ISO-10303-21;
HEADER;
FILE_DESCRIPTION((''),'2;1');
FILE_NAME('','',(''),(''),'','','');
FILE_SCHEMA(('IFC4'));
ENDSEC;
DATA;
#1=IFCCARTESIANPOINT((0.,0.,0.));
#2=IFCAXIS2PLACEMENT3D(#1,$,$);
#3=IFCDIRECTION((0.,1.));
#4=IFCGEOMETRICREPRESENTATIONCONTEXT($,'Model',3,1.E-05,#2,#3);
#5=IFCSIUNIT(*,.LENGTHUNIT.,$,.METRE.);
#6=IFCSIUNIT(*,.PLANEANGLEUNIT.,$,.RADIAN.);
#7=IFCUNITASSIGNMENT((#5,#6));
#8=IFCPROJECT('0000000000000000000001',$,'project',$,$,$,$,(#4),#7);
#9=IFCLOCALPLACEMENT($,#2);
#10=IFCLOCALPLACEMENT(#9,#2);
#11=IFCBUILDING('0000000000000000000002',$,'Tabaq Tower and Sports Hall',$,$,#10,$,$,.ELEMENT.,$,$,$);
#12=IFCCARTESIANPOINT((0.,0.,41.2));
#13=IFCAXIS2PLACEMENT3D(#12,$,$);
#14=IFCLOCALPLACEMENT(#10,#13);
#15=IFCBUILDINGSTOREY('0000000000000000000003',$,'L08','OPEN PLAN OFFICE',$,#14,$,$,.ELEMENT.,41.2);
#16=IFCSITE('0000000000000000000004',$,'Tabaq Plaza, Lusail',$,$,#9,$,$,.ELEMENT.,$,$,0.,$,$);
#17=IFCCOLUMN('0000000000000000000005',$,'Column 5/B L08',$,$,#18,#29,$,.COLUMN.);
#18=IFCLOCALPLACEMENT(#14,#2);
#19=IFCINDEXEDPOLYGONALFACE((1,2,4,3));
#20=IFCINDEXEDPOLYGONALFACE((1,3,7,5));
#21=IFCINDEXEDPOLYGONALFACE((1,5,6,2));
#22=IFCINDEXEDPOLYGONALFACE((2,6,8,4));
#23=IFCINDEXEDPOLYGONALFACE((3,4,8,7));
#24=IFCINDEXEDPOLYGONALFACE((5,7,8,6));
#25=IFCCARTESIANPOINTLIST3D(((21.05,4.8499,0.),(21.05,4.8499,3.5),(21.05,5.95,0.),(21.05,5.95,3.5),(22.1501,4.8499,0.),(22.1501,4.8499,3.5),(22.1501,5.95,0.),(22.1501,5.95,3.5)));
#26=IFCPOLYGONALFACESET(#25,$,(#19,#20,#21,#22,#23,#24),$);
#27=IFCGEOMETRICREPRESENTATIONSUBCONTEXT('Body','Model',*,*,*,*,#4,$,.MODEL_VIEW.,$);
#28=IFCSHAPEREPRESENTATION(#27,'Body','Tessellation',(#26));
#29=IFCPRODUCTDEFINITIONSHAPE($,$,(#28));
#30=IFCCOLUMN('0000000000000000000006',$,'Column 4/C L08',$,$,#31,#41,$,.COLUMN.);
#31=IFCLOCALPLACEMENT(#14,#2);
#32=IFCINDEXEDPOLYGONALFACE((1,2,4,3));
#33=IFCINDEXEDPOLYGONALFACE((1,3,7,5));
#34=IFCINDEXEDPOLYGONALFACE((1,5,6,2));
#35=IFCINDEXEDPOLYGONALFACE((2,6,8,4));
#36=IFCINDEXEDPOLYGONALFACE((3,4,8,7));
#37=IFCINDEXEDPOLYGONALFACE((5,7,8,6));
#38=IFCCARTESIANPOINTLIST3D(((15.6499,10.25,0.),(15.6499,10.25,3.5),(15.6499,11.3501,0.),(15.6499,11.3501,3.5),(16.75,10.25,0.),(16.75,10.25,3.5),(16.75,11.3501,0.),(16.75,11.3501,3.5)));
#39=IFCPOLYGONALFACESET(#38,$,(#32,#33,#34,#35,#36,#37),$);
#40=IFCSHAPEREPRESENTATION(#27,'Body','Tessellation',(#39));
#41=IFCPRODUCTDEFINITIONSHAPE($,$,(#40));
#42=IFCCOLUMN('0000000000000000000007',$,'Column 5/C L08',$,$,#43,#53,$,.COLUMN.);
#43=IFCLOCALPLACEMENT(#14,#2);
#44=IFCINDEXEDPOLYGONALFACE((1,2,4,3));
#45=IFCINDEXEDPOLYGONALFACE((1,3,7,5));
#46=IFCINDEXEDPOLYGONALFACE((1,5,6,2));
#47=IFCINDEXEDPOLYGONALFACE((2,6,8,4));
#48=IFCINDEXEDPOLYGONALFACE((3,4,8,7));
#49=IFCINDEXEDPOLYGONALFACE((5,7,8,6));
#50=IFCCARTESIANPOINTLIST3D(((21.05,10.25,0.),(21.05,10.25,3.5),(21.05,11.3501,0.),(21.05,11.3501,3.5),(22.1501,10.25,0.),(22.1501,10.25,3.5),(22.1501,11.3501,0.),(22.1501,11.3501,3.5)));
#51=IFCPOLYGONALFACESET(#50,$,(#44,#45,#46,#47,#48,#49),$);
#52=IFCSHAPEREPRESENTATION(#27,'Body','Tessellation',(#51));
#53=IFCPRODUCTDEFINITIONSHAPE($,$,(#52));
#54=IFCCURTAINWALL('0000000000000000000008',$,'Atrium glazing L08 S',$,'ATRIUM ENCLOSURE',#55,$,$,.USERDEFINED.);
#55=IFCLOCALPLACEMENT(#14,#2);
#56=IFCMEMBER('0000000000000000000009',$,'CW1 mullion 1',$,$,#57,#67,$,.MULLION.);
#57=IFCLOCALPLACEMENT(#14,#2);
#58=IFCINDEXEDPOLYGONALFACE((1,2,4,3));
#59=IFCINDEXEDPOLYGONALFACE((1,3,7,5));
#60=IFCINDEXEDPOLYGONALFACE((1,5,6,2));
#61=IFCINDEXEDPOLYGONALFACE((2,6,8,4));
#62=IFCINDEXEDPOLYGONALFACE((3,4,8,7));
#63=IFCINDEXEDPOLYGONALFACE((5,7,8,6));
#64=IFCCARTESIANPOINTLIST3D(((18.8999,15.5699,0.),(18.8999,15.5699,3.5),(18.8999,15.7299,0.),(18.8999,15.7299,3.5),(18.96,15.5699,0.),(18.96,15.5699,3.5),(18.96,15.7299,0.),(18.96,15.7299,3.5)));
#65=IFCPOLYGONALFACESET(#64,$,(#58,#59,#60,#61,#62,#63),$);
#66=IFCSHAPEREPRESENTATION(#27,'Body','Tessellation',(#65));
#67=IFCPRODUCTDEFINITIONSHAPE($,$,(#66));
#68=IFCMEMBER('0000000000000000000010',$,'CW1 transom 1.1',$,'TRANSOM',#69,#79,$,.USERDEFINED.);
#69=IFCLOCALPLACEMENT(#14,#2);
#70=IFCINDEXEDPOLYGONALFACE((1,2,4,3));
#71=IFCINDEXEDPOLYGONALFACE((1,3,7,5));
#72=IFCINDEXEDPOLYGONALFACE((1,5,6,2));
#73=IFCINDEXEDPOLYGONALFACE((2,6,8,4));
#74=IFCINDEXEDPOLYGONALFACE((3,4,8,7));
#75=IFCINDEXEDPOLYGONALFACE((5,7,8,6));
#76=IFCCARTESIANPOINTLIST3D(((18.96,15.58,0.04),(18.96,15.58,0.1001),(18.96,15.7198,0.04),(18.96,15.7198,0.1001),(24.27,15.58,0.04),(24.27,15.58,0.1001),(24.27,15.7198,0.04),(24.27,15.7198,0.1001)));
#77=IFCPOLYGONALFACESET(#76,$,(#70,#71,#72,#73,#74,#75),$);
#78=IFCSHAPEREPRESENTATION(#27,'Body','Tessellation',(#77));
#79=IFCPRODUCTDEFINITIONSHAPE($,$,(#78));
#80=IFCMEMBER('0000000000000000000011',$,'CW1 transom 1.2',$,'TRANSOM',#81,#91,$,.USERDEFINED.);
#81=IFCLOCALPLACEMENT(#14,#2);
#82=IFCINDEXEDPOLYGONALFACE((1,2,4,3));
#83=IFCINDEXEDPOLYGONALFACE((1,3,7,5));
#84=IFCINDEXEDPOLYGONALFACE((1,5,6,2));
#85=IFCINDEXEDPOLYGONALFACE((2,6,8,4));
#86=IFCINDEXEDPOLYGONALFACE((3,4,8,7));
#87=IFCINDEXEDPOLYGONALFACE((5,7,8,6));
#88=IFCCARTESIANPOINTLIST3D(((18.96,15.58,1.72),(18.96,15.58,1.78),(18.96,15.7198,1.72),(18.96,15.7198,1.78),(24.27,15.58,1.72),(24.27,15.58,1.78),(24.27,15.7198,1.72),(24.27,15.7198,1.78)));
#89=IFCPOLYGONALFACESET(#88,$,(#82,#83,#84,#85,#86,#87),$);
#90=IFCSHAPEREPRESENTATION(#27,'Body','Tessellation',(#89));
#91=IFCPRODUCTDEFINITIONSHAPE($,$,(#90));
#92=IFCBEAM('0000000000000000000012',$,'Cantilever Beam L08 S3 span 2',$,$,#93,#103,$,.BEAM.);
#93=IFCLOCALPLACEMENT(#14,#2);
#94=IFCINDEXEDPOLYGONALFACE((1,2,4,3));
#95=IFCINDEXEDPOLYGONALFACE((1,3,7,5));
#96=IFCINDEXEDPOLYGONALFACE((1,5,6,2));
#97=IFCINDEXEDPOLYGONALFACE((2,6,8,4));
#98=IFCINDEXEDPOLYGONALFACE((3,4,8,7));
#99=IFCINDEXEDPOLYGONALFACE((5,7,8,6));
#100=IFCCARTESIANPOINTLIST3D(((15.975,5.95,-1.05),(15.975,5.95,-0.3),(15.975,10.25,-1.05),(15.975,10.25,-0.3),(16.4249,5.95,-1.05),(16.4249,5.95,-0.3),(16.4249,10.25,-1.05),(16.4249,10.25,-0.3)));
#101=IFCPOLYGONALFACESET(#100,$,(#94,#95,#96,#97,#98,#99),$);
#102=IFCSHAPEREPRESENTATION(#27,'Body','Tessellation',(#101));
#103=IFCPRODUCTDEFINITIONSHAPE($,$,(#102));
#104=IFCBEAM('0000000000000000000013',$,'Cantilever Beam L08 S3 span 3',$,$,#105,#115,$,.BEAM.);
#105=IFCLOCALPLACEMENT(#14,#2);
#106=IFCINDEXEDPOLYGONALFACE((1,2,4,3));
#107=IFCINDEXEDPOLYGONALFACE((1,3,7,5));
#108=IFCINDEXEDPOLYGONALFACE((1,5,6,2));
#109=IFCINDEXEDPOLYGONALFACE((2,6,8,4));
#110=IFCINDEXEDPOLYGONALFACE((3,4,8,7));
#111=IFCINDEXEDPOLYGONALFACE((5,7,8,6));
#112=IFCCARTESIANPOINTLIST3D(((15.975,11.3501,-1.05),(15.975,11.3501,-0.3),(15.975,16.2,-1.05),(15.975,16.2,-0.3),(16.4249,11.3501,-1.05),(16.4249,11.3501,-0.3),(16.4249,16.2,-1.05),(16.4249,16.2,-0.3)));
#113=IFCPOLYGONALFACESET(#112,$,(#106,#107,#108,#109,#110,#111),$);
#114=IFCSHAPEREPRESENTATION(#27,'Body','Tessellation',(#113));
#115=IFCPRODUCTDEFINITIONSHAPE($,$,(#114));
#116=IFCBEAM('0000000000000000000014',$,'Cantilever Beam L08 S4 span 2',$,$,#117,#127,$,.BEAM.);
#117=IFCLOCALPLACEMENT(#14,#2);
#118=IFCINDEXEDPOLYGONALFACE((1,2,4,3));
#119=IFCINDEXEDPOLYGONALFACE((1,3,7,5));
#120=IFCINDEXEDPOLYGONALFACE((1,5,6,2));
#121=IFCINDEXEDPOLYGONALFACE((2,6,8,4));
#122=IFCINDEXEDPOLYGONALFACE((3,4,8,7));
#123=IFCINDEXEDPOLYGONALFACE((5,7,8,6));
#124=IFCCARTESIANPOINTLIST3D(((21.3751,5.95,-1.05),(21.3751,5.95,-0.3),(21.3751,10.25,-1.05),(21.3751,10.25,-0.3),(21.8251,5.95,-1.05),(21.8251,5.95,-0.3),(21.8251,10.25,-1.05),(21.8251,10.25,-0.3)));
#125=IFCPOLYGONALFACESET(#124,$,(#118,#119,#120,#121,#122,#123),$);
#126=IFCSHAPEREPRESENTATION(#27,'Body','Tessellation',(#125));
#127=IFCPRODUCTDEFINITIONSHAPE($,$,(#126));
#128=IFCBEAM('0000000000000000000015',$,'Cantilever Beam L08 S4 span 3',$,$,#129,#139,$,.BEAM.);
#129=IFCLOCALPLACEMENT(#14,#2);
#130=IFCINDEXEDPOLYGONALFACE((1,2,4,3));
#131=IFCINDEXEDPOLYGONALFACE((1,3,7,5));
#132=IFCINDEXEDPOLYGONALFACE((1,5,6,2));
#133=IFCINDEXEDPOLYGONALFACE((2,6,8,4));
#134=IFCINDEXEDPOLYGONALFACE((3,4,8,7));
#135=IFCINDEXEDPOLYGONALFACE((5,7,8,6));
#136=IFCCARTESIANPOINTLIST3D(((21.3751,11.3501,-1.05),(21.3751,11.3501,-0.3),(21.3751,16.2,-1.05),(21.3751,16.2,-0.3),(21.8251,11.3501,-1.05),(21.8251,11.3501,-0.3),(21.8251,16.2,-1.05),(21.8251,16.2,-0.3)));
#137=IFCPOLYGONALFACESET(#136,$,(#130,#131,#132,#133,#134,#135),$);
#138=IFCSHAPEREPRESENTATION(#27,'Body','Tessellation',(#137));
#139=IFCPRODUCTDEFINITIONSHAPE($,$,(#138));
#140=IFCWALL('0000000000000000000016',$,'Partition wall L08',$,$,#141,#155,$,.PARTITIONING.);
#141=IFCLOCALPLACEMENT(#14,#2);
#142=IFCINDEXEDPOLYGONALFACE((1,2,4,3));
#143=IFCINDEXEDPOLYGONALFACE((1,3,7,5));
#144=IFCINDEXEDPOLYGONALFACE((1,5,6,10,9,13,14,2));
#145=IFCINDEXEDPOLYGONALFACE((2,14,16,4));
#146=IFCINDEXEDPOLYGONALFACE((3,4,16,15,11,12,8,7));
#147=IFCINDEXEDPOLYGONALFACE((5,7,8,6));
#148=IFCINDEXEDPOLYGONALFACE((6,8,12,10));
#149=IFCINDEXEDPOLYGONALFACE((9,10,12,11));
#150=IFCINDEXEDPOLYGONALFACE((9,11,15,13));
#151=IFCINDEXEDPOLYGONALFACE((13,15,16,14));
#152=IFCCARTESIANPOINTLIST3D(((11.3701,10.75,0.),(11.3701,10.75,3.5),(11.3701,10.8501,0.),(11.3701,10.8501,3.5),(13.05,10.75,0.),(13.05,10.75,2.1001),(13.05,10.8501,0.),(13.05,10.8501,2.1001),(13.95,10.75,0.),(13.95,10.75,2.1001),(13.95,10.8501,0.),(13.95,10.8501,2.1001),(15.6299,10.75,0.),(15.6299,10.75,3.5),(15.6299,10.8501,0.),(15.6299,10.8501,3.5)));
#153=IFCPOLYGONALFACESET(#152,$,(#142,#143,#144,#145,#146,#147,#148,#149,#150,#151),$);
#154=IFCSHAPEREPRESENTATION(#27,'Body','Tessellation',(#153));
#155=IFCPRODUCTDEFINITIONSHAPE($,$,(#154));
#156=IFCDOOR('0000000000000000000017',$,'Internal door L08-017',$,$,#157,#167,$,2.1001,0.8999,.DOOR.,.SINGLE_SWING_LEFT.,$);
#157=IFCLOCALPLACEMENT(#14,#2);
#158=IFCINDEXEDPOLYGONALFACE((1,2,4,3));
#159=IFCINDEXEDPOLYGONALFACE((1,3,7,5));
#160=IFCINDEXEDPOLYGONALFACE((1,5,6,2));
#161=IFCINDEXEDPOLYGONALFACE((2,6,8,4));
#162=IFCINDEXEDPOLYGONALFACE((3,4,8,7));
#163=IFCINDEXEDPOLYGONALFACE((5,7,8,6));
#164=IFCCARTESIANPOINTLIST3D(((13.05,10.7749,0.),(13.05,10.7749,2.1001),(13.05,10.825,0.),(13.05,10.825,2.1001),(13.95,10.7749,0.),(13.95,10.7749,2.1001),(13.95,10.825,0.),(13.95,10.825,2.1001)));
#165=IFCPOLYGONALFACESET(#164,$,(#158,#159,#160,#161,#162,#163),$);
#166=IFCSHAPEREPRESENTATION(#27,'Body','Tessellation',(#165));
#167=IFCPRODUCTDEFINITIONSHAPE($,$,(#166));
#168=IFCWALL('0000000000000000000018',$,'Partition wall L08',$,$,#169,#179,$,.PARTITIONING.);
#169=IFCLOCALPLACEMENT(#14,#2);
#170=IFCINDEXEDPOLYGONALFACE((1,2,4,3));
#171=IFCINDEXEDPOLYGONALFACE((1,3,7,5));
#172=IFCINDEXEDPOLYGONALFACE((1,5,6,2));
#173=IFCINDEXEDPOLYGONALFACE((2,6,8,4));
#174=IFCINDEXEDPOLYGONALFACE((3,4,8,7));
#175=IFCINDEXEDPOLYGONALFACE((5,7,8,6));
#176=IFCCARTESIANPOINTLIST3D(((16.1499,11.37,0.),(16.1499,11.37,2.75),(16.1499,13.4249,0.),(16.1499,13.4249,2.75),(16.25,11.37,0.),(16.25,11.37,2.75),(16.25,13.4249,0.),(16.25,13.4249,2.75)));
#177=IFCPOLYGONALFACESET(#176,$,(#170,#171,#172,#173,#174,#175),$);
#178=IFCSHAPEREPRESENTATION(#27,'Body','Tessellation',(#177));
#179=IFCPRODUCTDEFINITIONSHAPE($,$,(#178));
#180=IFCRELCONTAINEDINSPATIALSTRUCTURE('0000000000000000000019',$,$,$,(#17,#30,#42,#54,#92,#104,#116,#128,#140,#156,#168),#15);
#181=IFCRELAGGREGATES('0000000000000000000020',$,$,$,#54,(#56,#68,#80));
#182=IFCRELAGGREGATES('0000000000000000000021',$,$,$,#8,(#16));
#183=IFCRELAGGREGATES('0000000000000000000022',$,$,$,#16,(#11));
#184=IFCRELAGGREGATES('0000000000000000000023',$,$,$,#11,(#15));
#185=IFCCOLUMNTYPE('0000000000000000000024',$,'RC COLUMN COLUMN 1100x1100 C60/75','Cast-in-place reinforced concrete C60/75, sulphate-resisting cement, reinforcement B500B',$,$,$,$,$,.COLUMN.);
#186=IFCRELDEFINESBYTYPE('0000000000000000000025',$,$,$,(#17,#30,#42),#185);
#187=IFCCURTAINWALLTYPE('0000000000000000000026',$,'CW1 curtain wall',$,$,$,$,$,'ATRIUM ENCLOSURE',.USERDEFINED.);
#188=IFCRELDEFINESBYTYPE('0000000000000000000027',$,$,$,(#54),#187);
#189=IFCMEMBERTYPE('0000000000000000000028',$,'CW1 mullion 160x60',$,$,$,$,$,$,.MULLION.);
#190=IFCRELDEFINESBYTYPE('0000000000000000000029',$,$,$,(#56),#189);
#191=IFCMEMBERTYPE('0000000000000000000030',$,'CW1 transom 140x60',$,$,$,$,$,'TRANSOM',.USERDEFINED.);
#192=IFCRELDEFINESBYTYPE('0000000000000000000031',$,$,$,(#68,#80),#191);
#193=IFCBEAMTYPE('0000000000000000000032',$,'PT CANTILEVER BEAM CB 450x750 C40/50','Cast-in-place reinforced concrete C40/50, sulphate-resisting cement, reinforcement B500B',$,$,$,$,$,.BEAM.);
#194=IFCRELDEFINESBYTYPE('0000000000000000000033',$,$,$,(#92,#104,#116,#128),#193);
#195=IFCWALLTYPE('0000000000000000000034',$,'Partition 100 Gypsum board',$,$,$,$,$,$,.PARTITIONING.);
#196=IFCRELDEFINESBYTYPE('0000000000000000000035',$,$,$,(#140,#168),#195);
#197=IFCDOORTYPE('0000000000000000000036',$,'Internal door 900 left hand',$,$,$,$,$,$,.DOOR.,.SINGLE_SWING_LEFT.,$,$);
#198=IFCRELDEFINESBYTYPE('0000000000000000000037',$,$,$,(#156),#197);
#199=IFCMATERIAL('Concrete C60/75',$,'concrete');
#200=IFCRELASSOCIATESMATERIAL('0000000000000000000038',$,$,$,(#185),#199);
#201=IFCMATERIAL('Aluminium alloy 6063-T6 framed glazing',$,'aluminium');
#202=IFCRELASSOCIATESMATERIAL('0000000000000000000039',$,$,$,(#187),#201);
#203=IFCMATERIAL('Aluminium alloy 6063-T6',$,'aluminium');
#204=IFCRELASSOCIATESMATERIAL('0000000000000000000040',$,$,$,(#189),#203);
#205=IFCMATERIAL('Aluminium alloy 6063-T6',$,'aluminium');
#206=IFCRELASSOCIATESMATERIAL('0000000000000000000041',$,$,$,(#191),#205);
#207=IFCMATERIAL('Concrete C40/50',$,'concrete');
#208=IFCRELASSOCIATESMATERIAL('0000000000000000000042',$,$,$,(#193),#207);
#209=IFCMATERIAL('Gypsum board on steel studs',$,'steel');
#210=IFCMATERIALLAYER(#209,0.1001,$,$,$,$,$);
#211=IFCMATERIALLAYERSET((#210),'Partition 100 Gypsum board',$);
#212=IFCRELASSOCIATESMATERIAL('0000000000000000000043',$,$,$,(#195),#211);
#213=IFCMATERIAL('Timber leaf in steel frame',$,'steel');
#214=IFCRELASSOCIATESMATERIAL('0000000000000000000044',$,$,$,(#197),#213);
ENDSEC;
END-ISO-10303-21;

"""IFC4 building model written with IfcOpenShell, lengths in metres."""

from ifc_helpers import new_model, si_unit, direction, frame, frame_2d, origin, origin_2d, place, context, subcontext, project, spatial, rectangle, extrude, material, layer, layer_set, material_profile, profile_set, type_object, element, fill, aggregate, save


model = new_model("IFC4")

# Units and contexts
model_context = context("Model", 3, precision=1e-05, world=origin(), true_north=direction((0.0, 1.0)))
body_context = subcontext(model_context, "Body", "Model", "MODEL_VIEW")
ifc_project = project(units=[si_unit("LENGTHUNIT", "METRE"), si_unit("PLANEANGLEUNIT", "RADIAN")], contexts=[model_context])

# Site, building, storey
site_placement = place(None, origin())
site = spatial("IfcSite", under=ifc_project, at=site_placement, Name="Tabaq Plaza, Lusail", CompositionType="ELEMENT", RefElevation=0.0)
building_placement = place(site_placement, origin())
building = spatial("IfcBuilding", under=site, at=building_placement, Name="Tabaq Tower and Sports Hall", CompositionType="ELEMENT")
storey_placement = place(building_placement, frame((0.0, 0.0, 41.2)))
storey = spatial("IfcBuildingStorey", under=building, at=storey_placement, Name="L08", Description="OPEN PLAN OFFICE", CompositionType="ELEMENT", Elevation=41.2)

# Columns
ifc_material_1 = material(Name="Concrete C60/75", Category="concrete")
ifc_material_profile_1 = material_profile(ifc_material_1, rectangle(XDim=1.1001, YDim=1.1001, at=origin_2d()), Name="COLUMN 1100x1100")
ifc_profile_set_1 = profile_set([ifc_material_profile_1], Name="Concrete C60/75")
column_type = type_object("IfcColumnType", Name="RC COLUMN COLUMN 1100x1100 C60/75", Description="Cast-in-place reinforced concrete C60/75, sulphate-resisting cement, reinforcement B500B", PredefinedType="COLUMN", material=ifc_profile_set_1)
for number, where, z_axis, x_axis, name in (
    (1, (21.6001, 5.3999, 0.0), (0.0, 0.0, 1.0), (1.0, 0.0, 0.0), "Column 5/B L08"),
    (2, (16.2, 10.8, 0.0), (0.0, 0.0, 1.0), (1.0, 0.0, 0.0), "Column 4/C L08"),
    (3, (21.6001, 10.8, 0.0), (0.0, 0.0, 1.0), (1.0, 0.0, 0.0), "Column 5/C L08"),
):
    element("IfcColumn", number, at=place(storey_placement, frame(where, z_axis=z_axis, x_axis=x_axis)), inside=storey, type_object=column_type, Name=name, PredefinedType="COLUMN", context=body_context, shape_type="SweptSolid", body=[
        extrude(rectangle(XDim=1.1001, YDim=1.1001, at=origin_2d()), origin(), (0.0, 0.0, 1.0), 3.5),
    ])

# Curtain wall, members
ifc_material_2 = material(Name="Aluminium alloy 6063-T6 framed glazing", Category="aluminium")
curtain_wall_type = type_object("IfcCurtainWallType", Name="CW1 curtain wall", ElementType="ATRIUM ENCLOSURE", PredefinedType="USERDEFINED", material=ifc_material_2)
curtain_wall_placement = place(storey_placement, origin())
curtain_wall = element("IfcCurtainWall", 4, at=curtain_wall_placement, inside=storey, type_object=curtain_wall_type, Name="Atrium glazing L08 S", ObjectType="ATRIUM ENCLOSURE", PredefinedType="USERDEFINED")
ifc_material_3 = material(Name="Aluminium alloy 6063-T6", Category="aluminium")
ifc_material_profile_2 = material_profile(ifc_material_3, rectangle(XDim=0.1599, YDim=0.0601, at=origin_2d()), Name="MULLION 160x60")
ifc_profile_set_2 = profile_set([ifc_material_profile_2], Name="Aluminium alloy 6063-T6")
member_type_1 = type_object("IfcMemberType", Name="CW1 mullion 160x60", PredefinedType="MULLION", material=ifc_profile_set_2)
member_1_placement = place(storey_placement, frame((18.9299, 15.6499, 0.0), z_axis=(0.0, 0.0, 1.0), x_axis=(0.0, 1.0, 0.0)))
member_1 = element("IfcMember", 5, at=member_1_placement, type_object=member_type_1, Name="CW1 mullion 1", PredefinedType="MULLION", context=body_context, shape_type="SweptSolid", body=[
    extrude(rectangle(XDim=0.1599, YDim=0.0601, at=origin_2d()), origin(), (0.0, 0.0, 1.0), 3.5),
])
ifc_material_4 = material(Name="Aluminium alloy 6063-T6", Category="aluminium")
ifc_material_profile_3 = material_profile(ifc_material_4, rectangle(XDim=0.1399, YDim=0.0601, at=origin_2d()), Name="TRANSOM 140x60")
ifc_profile_set_3 = profile_set([ifc_material_profile_3], Name="Aluminium alloy 6063-T6")
member_type_2 = type_object("IfcMemberType", Name="CW1 transom 140x60", ElementType="TRANSOM", PredefinedType="USERDEFINED", material=ifc_profile_set_3)
member_2_placement = place(storey_placement, frame((18.96, 15.6499, 0.0701), z_axis=(1.0, 0.0, 0.0), x_axis=(0.0, 1.0, 0.0)))
member_2 = element("IfcMember", 6, at=member_2_placement, type_object=member_type_2, Name="CW1 transom 1.1", ObjectType="TRANSOM", PredefinedType="USERDEFINED", context=body_context, shape_type="SweptSolid", body=[
    extrude(rectangle(XDim=0.1399, YDim=0.0601, at=origin_2d()), origin(), (0.0, 0.0, 1.0), 5.3101),
])
member_3_placement = place(storey_placement, frame((18.96, 15.6499, 1.75), z_axis=(1.0, 0.0, 0.0), x_axis=(0.0, 1.0, 0.0)))
member_3 = element("IfcMember", 7, at=member_3_placement, type_object=member_type_2, Name="CW1 transom 1.2", ObjectType="TRANSOM", PredefinedType="USERDEFINED", context=body_context, shape_type="SweptSolid", body=[
    extrude(rectangle(XDim=0.1399, YDim=0.0601, at=origin_2d()), origin(), (0.0, 0.0, 1.0), 5.3101),
])
aggregate(curtain_wall, [member_1, member_2, member_3])

# Beams
ifc_material_5 = material(Name="Concrete C40/50", Category="concrete")
ifc_material_profile_4 = material_profile(ifc_material_5, rectangle(XDim=0.45, YDim=0.75, at=origin_2d()), Name="CB 450x750")
ifc_profile_set_4 = profile_set([ifc_material_profile_4], Name="Concrete C40/50")
beam_type = type_object("IfcBeamType", Name="PT CANTILEVER BEAM CB 450x750 C40/50", Description="Cast-in-place reinforced concrete C40/50, sulphate-resisting cement, reinforcement B500B", PredefinedType="BEAM", material=ifc_profile_set_4)
beam_1_placement = place(storey_placement, frame((16.2, 5.95, -0.675), z_axis=(0.0, 1.0, 0.0), x_axis=(-1.0, 0.0, 0.0)))
element("IfcBeam", 8, at=beam_1_placement, inside=storey, type_object=beam_type, Name="Cantilever Beam L08 S3 span 2", PredefinedType="BEAM", context=body_context, shape_type="SweptSolid", body=[
    extrude(rectangle(XDim=0.45, YDim=0.75, at=origin_2d()), origin(), (0.0, 0.0, 1.0), 4.3),
])
beam_2_placement = place(storey_placement, frame((16.2, 11.3501, -0.675), z_axis=(0.0, 1.0, 0.0), x_axis=(-1.0, 0.0, 0.0)))
element("IfcBeam", 9, at=beam_2_placement, inside=storey, type_object=beam_type, Name="Cantilever Beam L08 S3 span 3", PredefinedType="BEAM", context=body_context, shape_type="SweptSolid", body=[
    extrude(rectangle(XDim=0.45, YDim=0.75, at=origin_2d()), origin(), (0.0, 0.0, 1.0), 4.8499),
])
beam_3_placement = place(storey_placement, frame((21.6001, 5.95, -0.675), z_axis=(0.0, 1.0, 0.0), x_axis=(-1.0, 0.0, 0.0)))
element("IfcBeam", 10, at=beam_3_placement, inside=storey, type_object=beam_type, Name="Cantilever Beam L08 S4 span 2", PredefinedType="BEAM", context=body_context, shape_type="SweptSolid", body=[
    extrude(rectangle(XDim=0.45, YDim=0.75, at=origin_2d()), origin(), (0.0, 0.0, 1.0), 4.3),
])
beam_4_placement = place(storey_placement, frame((21.6001, 11.3501, -0.675), z_axis=(0.0, 1.0, 0.0), x_axis=(-1.0, 0.0, 0.0)))
element("IfcBeam", 11, at=beam_4_placement, inside=storey, type_object=beam_type, Name="Cantilever Beam L08 S4 span 3", PredefinedType="BEAM", context=body_context, shape_type="SweptSolid", body=[
    extrude(rectangle(XDim=0.45, YDim=0.75, at=origin_2d()), origin(), (0.0, 0.0, 1.0), 4.8499),
])

# Wall, opening, door
ifc_material_6 = material(Name="Gypsum board on steel studs", Category="steel")
ifc_layer_1 = layer(ifc_material_6, 0.1001)
ifc_layer_set_1 = layer_set([ifc_layer_1], Name="Partition 100 Gypsum board")
wall_type_1 = type_object("IfcWallType", Name="Partition 100 Gypsum board", PredefinedType="PARTITIONING", material=ifc_layer_set_1)
wall_1_placement = place(storey_placement, frame((11.3701, 10.8, 0.0), z_axis=(0.0, 0.0, 1.0), x_axis=(1.0, 0.0, 0.0)))
wall_1 = element("IfcWall", 12, at=wall_1_placement, inside=storey, type_object=wall_type_1, Name="Partition wall L08", PredefinedType="PARTITIONING", context=body_context, shape_type="SweptSolid", body=[
    extrude(rectangle(XDim=4.2598, YDim=0.1001, at=frame_2d((2.1299, 0.0))), origin(), (0.0, 0.0, 1.0), 3.5),
])
opening_1_placement = place(wall_1_placement, frame((1.6799, 0.0, 0.0)))
opening_1 = element("IfcOpeningElement", 13, at=opening_1_placement, cuts=wall_1, PredefinedType="OPENING", context=body_context, shape_type="SweptSolid", body=[
    extrude(rectangle(XDim=0.8999, YDim=2.1001, at=frame_2d((0.45, 1.05))), frame((0.0, 0.05, 0.0), z_axis=(0.0, -1.0, 0.0), x_axis=(1.0, 0.0, 0.0)), (0.0, 0.0, 1.0), 0.1001),
])
ifc_material_7 = material(Name="Timber leaf in steel frame", Category="steel")
door_type_1 = type_object("IfcDoorType", Name="Internal door 900 left hand", OperationType="SINGLE_SWING_LEFT", PredefinedType="DOOR", material=ifc_material_7)
door_1_placement = place(opening_1_placement, origin())
door_1 = element("IfcDoor", 14, at=door_1_placement, inside=storey, type_object=door_type_1, Name="Internal door L08-017", OperationType="SINGLE_SWING_LEFT", OverallHeight=2.1001, OverallWidth=0.8999, PredefinedType="DOOR", context=body_context, shape_type="SweptSolid", body=[
    extrude(rectangle(XDim=0.8999, YDim=2.1001, at=frame_2d((0.45, 1.05))), frame((0.0, 0.0249, 0.0), z_axis=(0.0, -1.0, 0.0), x_axis=(1.0, 0.0, 0.0)), (0.0, 0.0, 1.0), 0.05),
])
fill(opening_1, door_1)

# Wall
wall_2_placement = place(storey_placement, frame((16.2, 11.3701, 0.0), z_axis=(0.0, 0.0, 1.0), x_axis=(0.0, 1.0, 0.0)))
element("IfcWall", 15, at=wall_2_placement, inside=storey, type_object=wall_type_1, Name="Partition wall L08", PredefinedType="PARTITIONING", context=body_context, shape_type="SweptSolid", body=[
    extrude(rectangle(XDim=2.0549, YDim=0.1001, at=frame_2d((1.0273, 0.0))), origin(), (0.0, 0.0, 1.0), 2.75),
])

save(model, "model.ifc")
